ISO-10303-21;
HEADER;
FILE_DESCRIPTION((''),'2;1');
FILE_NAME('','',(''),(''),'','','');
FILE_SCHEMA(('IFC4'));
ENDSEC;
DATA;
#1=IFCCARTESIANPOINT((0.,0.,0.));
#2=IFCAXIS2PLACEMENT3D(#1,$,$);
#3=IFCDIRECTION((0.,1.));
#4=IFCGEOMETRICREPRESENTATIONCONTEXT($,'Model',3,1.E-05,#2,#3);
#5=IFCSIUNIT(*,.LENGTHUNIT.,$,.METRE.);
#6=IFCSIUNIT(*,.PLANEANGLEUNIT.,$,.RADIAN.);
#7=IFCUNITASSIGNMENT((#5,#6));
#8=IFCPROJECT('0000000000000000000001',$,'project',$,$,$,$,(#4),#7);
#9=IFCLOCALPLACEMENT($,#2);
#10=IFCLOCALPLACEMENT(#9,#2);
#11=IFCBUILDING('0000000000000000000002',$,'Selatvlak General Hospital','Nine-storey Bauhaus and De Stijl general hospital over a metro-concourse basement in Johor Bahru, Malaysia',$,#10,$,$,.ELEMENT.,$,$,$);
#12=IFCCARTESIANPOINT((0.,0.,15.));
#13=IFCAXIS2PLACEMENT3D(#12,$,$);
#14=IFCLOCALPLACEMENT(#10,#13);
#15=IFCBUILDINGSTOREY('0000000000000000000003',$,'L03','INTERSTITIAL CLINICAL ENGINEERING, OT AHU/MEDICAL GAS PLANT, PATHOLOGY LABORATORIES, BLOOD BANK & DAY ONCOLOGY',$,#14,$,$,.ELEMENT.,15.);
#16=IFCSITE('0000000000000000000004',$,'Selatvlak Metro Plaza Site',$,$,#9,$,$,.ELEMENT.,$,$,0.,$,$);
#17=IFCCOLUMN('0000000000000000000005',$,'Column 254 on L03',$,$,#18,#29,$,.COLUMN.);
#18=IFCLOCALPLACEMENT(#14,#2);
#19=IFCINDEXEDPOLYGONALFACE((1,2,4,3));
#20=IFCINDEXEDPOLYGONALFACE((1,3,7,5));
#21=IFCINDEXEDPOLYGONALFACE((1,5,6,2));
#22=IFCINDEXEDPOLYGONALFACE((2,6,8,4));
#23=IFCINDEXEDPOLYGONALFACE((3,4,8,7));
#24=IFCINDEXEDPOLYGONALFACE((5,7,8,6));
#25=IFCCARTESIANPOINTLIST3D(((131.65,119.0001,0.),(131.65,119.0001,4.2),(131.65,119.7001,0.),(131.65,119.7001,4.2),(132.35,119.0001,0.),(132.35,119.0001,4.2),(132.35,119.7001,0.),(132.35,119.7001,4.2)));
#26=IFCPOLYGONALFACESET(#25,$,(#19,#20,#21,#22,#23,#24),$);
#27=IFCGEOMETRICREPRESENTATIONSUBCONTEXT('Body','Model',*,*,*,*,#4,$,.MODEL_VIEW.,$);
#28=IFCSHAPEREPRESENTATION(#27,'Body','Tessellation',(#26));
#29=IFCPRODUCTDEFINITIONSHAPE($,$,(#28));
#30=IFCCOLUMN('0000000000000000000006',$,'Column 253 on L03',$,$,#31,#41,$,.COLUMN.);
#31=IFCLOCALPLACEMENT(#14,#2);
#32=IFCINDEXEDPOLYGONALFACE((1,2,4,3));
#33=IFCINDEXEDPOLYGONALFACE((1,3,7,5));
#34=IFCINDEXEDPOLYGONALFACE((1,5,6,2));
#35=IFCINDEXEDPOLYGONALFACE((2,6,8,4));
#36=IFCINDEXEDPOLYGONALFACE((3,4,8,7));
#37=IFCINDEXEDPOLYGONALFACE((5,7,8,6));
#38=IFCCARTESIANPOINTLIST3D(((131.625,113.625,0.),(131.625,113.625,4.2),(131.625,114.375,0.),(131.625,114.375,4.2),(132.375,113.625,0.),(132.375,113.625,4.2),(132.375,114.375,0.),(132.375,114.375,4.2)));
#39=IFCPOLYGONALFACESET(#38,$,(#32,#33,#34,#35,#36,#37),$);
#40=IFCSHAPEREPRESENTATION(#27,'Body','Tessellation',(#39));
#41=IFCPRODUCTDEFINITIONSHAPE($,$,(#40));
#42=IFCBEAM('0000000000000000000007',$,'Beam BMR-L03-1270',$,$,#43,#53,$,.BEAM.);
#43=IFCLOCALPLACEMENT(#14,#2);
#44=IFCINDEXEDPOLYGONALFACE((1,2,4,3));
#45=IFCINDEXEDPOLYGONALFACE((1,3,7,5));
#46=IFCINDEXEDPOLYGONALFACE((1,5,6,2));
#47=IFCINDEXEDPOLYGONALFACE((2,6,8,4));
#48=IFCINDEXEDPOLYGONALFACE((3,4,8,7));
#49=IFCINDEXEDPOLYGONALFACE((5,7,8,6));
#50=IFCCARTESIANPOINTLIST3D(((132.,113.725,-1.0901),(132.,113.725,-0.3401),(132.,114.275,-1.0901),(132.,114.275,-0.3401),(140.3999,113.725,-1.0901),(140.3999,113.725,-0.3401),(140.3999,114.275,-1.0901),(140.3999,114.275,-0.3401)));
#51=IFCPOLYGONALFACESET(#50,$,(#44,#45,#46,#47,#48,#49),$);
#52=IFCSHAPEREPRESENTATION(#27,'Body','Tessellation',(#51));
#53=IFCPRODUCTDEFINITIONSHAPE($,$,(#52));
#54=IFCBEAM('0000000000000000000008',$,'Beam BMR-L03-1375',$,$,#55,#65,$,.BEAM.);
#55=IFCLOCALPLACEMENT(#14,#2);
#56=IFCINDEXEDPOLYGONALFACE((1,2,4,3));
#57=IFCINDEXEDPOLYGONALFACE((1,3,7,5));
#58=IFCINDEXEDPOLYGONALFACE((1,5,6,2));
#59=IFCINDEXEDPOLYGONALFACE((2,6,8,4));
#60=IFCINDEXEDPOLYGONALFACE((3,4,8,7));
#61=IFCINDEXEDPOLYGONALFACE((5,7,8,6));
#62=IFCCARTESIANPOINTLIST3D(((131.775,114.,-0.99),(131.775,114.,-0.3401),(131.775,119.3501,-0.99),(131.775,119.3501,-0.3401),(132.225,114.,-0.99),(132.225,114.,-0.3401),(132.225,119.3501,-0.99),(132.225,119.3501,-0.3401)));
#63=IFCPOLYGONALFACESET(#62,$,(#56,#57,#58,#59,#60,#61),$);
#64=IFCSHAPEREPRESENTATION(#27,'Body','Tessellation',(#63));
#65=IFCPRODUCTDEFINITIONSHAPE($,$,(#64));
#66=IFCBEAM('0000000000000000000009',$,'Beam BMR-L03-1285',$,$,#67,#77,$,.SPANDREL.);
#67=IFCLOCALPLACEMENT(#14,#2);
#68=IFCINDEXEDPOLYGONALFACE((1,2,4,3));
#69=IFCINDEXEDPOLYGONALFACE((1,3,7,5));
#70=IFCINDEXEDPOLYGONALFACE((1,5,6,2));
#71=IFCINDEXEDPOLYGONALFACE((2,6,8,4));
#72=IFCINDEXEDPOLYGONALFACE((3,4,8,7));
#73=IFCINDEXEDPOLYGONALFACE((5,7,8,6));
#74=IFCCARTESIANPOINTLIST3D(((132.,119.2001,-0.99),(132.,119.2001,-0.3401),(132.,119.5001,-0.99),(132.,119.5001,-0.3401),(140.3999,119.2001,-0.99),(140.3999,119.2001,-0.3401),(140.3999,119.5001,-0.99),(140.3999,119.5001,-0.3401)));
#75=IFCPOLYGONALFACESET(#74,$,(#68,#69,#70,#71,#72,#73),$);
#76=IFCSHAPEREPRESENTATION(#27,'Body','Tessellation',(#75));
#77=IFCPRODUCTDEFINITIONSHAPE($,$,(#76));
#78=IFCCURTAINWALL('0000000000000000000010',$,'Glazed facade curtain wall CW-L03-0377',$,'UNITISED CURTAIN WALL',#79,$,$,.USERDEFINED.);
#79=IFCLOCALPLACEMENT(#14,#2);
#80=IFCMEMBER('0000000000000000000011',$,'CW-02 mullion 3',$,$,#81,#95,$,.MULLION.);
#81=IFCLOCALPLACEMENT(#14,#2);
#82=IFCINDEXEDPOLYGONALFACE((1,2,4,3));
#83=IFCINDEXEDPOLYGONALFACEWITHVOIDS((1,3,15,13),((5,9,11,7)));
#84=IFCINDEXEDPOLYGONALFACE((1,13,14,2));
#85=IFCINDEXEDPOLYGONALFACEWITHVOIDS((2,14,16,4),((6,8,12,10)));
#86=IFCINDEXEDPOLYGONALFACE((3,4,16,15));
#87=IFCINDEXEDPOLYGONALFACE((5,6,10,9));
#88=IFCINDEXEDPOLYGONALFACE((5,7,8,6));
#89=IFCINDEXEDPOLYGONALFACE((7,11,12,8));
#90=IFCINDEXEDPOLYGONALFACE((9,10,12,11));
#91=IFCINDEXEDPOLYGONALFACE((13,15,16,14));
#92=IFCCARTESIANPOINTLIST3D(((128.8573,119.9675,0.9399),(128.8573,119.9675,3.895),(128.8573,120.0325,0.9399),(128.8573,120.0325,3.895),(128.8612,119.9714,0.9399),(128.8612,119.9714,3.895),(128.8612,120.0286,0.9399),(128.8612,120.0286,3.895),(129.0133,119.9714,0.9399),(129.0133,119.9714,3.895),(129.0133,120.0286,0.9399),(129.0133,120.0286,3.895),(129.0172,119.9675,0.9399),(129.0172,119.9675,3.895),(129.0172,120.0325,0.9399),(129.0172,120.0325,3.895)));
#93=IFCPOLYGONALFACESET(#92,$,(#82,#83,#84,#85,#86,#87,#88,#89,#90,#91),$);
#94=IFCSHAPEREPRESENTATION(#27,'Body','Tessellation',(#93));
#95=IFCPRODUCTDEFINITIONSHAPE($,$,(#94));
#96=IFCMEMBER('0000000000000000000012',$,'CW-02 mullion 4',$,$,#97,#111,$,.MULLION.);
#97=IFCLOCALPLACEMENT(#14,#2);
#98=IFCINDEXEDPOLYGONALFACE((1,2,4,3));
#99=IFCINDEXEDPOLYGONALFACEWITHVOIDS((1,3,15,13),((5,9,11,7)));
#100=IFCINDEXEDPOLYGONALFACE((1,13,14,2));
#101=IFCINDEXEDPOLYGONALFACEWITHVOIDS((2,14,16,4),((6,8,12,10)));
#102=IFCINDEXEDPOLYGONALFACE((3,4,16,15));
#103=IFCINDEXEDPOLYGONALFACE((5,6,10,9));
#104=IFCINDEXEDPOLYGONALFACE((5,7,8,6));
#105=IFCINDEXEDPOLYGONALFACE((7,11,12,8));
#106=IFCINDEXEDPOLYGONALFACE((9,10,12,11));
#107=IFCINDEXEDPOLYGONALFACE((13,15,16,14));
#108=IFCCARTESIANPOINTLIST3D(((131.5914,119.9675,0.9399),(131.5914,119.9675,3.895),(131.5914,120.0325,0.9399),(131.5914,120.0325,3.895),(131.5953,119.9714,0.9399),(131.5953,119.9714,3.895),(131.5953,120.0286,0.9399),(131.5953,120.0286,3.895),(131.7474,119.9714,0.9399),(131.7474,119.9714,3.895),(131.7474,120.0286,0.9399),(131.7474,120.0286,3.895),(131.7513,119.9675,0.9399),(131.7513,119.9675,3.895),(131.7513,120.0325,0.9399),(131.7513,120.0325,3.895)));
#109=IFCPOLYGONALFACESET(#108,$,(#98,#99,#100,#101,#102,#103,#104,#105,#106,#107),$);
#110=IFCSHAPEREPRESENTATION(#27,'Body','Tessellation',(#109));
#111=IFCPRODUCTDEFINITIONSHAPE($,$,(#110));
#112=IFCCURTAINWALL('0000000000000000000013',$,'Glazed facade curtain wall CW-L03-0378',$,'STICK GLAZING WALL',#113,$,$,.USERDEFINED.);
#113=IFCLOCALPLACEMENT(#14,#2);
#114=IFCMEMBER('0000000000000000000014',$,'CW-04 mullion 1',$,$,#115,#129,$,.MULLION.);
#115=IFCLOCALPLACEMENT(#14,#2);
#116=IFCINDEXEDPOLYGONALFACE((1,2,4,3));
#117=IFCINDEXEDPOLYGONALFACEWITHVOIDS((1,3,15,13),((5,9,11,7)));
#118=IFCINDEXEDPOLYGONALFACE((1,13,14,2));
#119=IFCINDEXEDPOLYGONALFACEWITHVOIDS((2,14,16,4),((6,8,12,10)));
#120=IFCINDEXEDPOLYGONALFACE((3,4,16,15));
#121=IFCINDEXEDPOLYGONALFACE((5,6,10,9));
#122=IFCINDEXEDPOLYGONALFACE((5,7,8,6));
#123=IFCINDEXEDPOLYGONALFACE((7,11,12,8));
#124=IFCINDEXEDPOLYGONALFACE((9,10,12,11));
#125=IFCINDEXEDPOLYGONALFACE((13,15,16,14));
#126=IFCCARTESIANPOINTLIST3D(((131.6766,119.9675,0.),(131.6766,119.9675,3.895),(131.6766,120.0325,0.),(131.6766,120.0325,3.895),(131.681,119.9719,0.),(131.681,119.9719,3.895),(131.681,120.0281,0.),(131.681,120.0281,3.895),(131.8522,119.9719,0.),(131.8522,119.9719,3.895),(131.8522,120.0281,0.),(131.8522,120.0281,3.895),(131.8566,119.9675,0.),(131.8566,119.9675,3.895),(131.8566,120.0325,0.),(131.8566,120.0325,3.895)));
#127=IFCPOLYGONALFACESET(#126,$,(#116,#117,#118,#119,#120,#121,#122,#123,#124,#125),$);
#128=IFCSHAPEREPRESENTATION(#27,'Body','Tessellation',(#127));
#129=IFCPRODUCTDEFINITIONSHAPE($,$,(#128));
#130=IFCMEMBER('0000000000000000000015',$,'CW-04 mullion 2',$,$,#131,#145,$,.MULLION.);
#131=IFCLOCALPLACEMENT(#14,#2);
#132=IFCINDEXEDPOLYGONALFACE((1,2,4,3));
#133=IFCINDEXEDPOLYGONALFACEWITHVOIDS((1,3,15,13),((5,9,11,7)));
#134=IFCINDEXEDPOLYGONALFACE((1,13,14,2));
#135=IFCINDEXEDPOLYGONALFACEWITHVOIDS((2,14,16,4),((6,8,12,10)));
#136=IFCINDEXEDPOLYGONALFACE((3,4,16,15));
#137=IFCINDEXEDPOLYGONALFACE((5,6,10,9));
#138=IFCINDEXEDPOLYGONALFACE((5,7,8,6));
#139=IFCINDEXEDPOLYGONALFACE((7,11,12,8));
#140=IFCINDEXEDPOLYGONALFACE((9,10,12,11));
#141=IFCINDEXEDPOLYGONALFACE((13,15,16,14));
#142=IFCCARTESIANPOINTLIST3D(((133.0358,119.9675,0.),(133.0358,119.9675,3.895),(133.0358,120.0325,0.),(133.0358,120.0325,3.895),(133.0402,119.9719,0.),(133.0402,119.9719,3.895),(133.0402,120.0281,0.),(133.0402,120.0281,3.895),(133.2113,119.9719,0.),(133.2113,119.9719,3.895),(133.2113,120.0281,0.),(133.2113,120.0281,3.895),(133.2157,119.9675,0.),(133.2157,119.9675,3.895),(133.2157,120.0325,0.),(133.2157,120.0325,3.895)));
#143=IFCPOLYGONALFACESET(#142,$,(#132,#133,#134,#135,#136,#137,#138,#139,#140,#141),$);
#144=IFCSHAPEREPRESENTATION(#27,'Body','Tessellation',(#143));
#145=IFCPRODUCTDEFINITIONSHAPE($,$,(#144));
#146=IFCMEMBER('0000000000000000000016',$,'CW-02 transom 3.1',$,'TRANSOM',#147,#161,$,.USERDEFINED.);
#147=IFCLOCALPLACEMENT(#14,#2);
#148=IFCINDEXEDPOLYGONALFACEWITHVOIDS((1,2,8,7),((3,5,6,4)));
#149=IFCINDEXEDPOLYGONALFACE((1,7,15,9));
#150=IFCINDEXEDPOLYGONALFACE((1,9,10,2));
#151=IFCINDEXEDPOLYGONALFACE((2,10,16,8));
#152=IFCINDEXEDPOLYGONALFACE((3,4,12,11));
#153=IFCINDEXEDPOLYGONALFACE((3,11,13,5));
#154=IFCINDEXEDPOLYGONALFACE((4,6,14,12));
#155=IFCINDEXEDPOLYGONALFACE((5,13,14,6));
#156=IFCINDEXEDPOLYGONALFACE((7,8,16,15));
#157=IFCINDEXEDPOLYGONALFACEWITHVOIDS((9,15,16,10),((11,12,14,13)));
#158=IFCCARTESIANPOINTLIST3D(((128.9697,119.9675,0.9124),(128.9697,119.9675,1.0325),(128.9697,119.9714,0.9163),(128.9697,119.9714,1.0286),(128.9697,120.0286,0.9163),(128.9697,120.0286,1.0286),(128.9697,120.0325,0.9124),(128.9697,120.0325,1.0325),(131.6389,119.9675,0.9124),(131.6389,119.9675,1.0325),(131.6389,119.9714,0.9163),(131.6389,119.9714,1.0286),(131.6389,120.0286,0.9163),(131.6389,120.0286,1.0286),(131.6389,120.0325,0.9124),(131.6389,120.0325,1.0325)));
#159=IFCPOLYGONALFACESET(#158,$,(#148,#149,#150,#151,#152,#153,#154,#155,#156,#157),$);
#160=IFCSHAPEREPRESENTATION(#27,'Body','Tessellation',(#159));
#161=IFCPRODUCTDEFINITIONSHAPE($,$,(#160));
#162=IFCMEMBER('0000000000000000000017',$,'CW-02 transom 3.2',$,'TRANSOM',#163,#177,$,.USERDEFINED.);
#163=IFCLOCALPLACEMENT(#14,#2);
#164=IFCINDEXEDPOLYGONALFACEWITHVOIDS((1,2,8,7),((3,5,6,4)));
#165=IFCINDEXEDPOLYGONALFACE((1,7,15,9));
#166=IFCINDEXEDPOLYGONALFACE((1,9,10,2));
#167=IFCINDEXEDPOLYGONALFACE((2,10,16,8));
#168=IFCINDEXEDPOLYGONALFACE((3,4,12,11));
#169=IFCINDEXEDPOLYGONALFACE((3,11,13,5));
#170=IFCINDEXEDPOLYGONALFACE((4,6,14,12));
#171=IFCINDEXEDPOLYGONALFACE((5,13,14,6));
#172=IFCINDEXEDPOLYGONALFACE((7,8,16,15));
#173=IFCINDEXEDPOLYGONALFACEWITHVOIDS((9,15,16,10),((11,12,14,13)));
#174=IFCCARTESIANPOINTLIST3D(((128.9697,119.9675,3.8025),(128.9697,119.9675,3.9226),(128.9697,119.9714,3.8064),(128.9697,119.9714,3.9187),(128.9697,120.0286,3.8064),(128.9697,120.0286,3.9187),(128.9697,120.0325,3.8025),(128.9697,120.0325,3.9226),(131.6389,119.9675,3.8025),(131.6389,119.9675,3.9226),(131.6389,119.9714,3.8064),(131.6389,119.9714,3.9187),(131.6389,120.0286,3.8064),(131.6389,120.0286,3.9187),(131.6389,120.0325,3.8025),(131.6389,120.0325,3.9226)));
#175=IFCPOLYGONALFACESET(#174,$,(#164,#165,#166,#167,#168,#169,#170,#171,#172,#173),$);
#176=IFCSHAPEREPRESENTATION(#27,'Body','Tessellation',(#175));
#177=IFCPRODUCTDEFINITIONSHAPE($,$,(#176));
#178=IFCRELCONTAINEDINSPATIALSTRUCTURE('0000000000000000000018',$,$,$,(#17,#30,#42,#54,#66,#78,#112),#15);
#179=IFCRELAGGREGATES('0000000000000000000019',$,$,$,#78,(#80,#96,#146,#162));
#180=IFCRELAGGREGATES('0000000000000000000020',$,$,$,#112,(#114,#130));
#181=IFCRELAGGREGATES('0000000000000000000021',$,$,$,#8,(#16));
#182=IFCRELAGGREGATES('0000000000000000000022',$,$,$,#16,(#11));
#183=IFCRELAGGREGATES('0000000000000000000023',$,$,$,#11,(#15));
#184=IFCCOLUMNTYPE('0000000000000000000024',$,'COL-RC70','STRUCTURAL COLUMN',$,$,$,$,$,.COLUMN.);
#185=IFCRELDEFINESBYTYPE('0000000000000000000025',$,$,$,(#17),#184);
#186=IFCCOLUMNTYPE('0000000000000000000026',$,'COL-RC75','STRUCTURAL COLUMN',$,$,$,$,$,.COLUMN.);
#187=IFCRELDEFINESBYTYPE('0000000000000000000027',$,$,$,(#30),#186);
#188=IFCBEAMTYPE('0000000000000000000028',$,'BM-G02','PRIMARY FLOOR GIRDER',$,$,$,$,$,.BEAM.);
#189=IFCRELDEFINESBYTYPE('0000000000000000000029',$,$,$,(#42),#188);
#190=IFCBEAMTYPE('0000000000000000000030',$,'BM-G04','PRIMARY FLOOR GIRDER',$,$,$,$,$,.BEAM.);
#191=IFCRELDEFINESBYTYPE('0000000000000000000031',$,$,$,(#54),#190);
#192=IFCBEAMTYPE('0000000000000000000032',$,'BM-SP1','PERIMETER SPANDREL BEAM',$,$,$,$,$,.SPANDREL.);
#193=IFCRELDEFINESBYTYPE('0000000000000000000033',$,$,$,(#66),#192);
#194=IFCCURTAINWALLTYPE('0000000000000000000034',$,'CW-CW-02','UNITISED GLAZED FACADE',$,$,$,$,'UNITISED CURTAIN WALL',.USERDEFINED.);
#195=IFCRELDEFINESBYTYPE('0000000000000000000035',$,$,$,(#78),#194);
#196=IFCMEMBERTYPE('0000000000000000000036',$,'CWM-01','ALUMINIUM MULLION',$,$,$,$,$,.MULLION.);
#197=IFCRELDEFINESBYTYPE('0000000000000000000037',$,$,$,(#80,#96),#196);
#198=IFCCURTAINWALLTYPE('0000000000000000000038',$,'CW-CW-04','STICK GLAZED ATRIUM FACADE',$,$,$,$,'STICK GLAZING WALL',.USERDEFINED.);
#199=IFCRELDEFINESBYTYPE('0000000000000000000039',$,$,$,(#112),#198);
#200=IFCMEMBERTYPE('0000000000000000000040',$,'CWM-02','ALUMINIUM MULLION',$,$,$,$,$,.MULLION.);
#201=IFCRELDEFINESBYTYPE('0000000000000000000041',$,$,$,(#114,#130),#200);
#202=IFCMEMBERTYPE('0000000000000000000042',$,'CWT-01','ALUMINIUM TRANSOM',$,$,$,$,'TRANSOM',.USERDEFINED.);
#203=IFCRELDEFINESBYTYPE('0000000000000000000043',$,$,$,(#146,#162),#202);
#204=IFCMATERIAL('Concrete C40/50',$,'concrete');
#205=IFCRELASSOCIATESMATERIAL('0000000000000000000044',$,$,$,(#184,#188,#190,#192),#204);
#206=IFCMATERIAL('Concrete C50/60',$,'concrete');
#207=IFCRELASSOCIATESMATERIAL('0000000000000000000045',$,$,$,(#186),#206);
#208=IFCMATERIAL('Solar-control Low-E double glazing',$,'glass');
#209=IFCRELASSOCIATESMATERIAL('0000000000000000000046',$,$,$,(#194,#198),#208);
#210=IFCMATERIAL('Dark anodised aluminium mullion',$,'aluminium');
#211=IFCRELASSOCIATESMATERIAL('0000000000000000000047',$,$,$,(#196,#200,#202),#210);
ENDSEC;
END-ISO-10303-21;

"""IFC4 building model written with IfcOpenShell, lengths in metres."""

from ifc_helpers import new_model, si_unit, direction, frame, origin, origin_2d, place, context, subcontext, project, spatial, rectangle, hollow_rectangle, extrude, material, material_profile, profile_set, type_object, element, aggregate, save


model = new_model("IFC4")

# Units and contexts
model_context = context("Model", 3, precision=1e-05, world=origin(), true_north=direction((0.0, 1.0)))
body_context = subcontext(model_context, "Body", "Model", "MODEL_VIEW")
ifc_project = project(units=[si_unit("LENGTHUNIT", "METRE"), si_unit("PLANEANGLEUNIT", "RADIAN")], contexts=[model_context])

# Site, building, storey
site_placement = place(None, origin())
site = spatial("IfcSite", under=ifc_project, at=site_placement, Name="Selatvlak Metro Plaza Site", CompositionType="ELEMENT", RefElevation=0.0)
building_placement = place(site_placement, origin())
building = spatial("IfcBuilding", under=site, at=building_placement, Name="Selatvlak General Hospital", Description="Nine-storey Bauhaus and De Stijl general hospital over a metro-concourse basement in Johor Bahru, Malaysia", CompositionType="ELEMENT")
storey_placement = place(building_placement, frame((0.0, 0.0, 15.0)))
storey = spatial("IfcBuildingStorey", under=building, at=storey_placement, Name="L03", Description="INTERSTITIAL CLINICAL ENGINEERING, OT AHU/MEDICAL GAS PLANT, PATHOLOGY LABORATORIES, BLOOD BANK & DAY ONCOLOGY", CompositionType="ELEMENT", Elevation=15.0)

# Columns
ifc_material_1 = material(Name="Concrete C40/50", Category="concrete")
ifc_material_profile_1 = material_profile(ifc_material_1, rectangle(XDim=0.7, YDim=0.7, at=origin_2d()), Name="RC-COL 700x700")
ifc_profile_set_1 = profile_set([ifc_material_profile_1], Name="Concrete C40/50")
column_type_1 = type_object("IfcColumnType", Name="COL-RC70", Description="STRUCTURAL COLUMN", PredefinedType="COLUMN", material=ifc_profile_set_1)
column_1_placement = place(storey_placement, frame((132.0, 119.3501, 0.0), z_axis=(0.0, 0.0, 1.0), x_axis=(1.0, 0.0, 0.0)))
element("IfcColumn", 1, at=column_1_placement, inside=storey, type_object=column_type_1, Name="Column 254 on L03", PredefinedType="COLUMN", context=body_context, shape_type="SweptSolid", body=[
    extrude(rectangle(XDim=0.7, YDim=0.7, at=origin_2d()), origin(), (0.0, 0.0, 1.0), 4.2),
])
ifc_material_2 = material(Name="Concrete C50/60", Category="concrete")
ifc_material_profile_2 = material_profile(ifc_material_2, rectangle(XDim=0.75, YDim=0.75, at=origin_2d()), Name="RC-COL 750x750")
ifc_profile_set_2 = profile_set([ifc_material_profile_2], Name="Concrete C50/60")
column_type_2 = type_object("IfcColumnType", Name="COL-RC75", Description="STRUCTURAL COLUMN", PredefinedType="COLUMN", material=ifc_profile_set_2)
column_2_placement = place(storey_placement, frame((132.0, 114.0, 0.0), z_axis=(0.0, 0.0, 1.0), x_axis=(1.0, 0.0, 0.0)))
element("IfcColumn", 2, at=column_2_placement, inside=storey, type_object=column_type_2, Name="Column 253 on L03", PredefinedType="COLUMN", context=body_context, shape_type="SweptSolid", body=[
    extrude(rectangle(XDim=0.75, YDim=0.75, at=origin_2d()), origin(), (0.0, 0.0, 1.0), 4.2),
])

# Beams
ifc_material_profile_3 = material_profile(ifc_material_1, rectangle(XDim=0.55, YDim=0.75, at=origin_2d()), Name="RC-BM 550x750")
ifc_profile_set_3 = profile_set([ifc_material_profile_3], Name="Concrete C40/50")
beam_type_1 = type_object("IfcBeamType", Name="BM-G02", Description="PRIMARY FLOOR GIRDER", PredefinedType="BEAM", material=ifc_profile_set_3)
beam_1_placement = place(storey_placement, frame((132.0, 114.0, -0.7151), z_axis=(1.0, 0.0, 0.0), x_axis=(0.0, 1.0, 0.0)))
element("IfcBeam", 3, at=beam_1_placement, inside=storey, type_object=beam_type_1, Name="Beam BMR-L03-1270", PredefinedType="BEAM", context=body_context, shape_type="SweptSolid", body=[
    extrude(rectangle(XDim=0.55, YDim=0.75, at=origin_2d()), origin(), (0.0, 0.0, 1.0), 8.3999),
])
ifc_material_profile_4 = material_profile(ifc_material_1, rectangle(XDim=0.45, YDim=0.6499, at=origin_2d()), Name="RC-BM 450x650")
ifc_profile_set_4 = profile_set([ifc_material_profile_4], Name="Concrete C40/50")
beam_type_2 = type_object("IfcBeamType", Name="BM-G04", Description="PRIMARY FLOOR GIRDER", PredefinedType="BEAM", material=ifc_profile_set_4)
beam_2_placement = place(storey_placement, frame((132.0, 114.0, -0.665), z_axis=(0.0, 1.0, 0.0), x_axis=(-1.0, 0.0, 0.0)))
element("IfcBeam", 4, at=beam_2_placement, inside=storey, type_object=beam_type_2, Name="Beam BMR-L03-1375", PredefinedType="BEAM", context=body_context, shape_type="SweptSolid", body=[
    extrude(rectangle(XDim=0.45, YDim=0.6499, at=origin_2d()), origin(), (0.0, 0.0, 1.0), 5.3501),
])
ifc_material_profile_5 = material_profile(ifc_material_1, rectangle(XDim=0.3, YDim=0.6499, at=origin_2d()), Name="RC-SP 300x650")
ifc_profile_set_5 = profile_set([ifc_material_profile_5], Name="Concrete C40/50")
beam_type_3 = type_object("IfcBeamType", Name="BM-SP1", Description="PERIMETER SPANDREL BEAM", PredefinedType="SPANDREL", material=ifc_profile_set_5)
beam_3_placement = place(storey_placement, frame((132.0, 119.3501, -0.665), z_axis=(1.0, 0.0, 0.0), x_axis=(0.0, 1.0, 0.0)))
element("IfcBeam", 5, at=beam_3_placement, inside=storey, type_object=beam_type_3, Name="Beam BMR-L03-1285", PredefinedType="SPANDREL", context=body_context, shape_type="SweptSolid", body=[
    extrude(rectangle(XDim=0.3, YDim=0.6499, at=origin_2d()), origin(), (0.0, 0.0, 1.0), 8.3999),
])

# Curtain walls, members
ifc_material_3 = material(Name="Solar-control Low-E double glazing", Category="glass")
curtain_wall_type_1 = type_object("IfcCurtainWallType", Name="CW-CW-02", Description="UNITISED GLAZED FACADE", ElementType="UNITISED CURTAIN WALL", PredefinedType="USERDEFINED", material=ifc_material_3)
curtain_wall_1_placement = place(storey_placement, origin())
curtain_wall_1 = element("IfcCurtainWall", 6, at=curtain_wall_1_placement, inside=storey, type_object=curtain_wall_type_1, Name="Glazed facade curtain wall CW-L03-0377", ObjectType="UNITISED CURTAIN WALL", PredefinedType="USERDEFINED")
ifc_material_4 = material(Name="Dark anodised aluminium mullion", Category="aluminium")
ifc_material_profile_6 = material_profile(ifc_material_4, hollow_rectangle(XDim=0.0649, YDim=0.1599, WallThickness=0.0039, at=origin_2d()), Name="AL-MUL 65x160x4")
ifc_profile_set_6 = profile_set([ifc_material_profile_6], Name="Dark anodised aluminium mullion")
member_type_1 = type_object("IfcMemberType", Name="CWM-01", Description="ALUMINIUM MULLION", PredefinedType="MULLION", material=ifc_profile_set_6)
member_1_placement = place(storey_placement, frame((128.9373, 120.0, 0.9399), z_axis=(0.0, 0.0, 1.0), x_axis=(0.0, 1.0, 0.0)))
member_1 = element("IfcMember", 7, at=member_1_placement, type_object=member_type_1, Name="CW-02 mullion 3", PredefinedType="MULLION", context=body_context, shape_type="SweptSolid", body=[
    extrude(hollow_rectangle(XDim=0.0649, YDim=0.1599, WallThickness=0.0039, at=origin_2d()), origin(), (0.0, 0.0, 1.0), 2.9551),
])
member_2_placement = place(storey_placement, frame((131.6714, 120.0, 0.9399), z_axis=(0.0, 0.0, 1.0), x_axis=(0.0, 1.0, 0.0)))
member_2 = element("IfcMember", 8, at=member_2_placement, type_object=member_type_1, Name="CW-02 mullion 4", PredefinedType="MULLION", context=body_context, shape_type="SweptSolid", body=[
    extrude(hollow_rectangle(XDim=0.0649, YDim=0.1599, WallThickness=0.0039, at=origin_2d()), origin(), (0.0, 0.0, 1.0), 2.9551),
])
curtain_wall_type_2 = type_object("IfcCurtainWallType", Name="CW-CW-04", Description="STICK GLAZED ATRIUM FACADE", ElementType="STICK GLAZING WALL", PredefinedType="USERDEFINED", material=ifc_material_3)
curtain_wall_2_placement = place(storey_placement, origin())
curtain_wall_2 = element("IfcCurtainWall", 9, at=curtain_wall_2_placement, inside=storey, type_object=curtain_wall_type_2, Name="Glazed facade curtain wall CW-L03-0378", ObjectType="STICK GLAZING WALL", PredefinedType="USERDEFINED")
ifc_material_profile_7 = material_profile(ifc_material_4, hollow_rectangle(XDim=0.0649, YDim=0.1799, WallThickness=0.0044, at=origin_2d()), Name="AL-MUL 65x180x4.5")
ifc_profile_set_7 = profile_set([ifc_material_profile_7], Name="Dark anodised aluminium mullion")
member_type_2 = type_object("IfcMemberType", Name="CWM-02", Description="ALUMINIUM MULLION", PredefinedType="MULLION", material=ifc_profile_set_7)
member_3_placement = place(storey_placement, frame((131.7666, 120.0, 0.0), z_axis=(0.0, 0.0, 1.0), x_axis=(0.0, 1.0, 0.0)))
member_3 = element("IfcMember", 10, at=member_3_placement, type_object=member_type_2, Name="CW-04 mullion 1", PredefinedType="MULLION", context=body_context, shape_type="SweptSolid", body=[
    extrude(hollow_rectangle(XDim=0.0649, YDim=0.1799, WallThickness=0.0044, at=origin_2d()), origin(), (0.0, 0.0, 1.0), 3.895),
])
member_4_placement = place(storey_placement, frame((133.1257, 120.0, 0.0), z_axis=(0.0, 0.0, 1.0), x_axis=(0.0, 1.0, 0.0)))
member_4 = element("IfcMember", 11, at=member_4_placement, type_object=member_type_2, Name="CW-04 mullion 2", PredefinedType="MULLION", context=body_context, shape_type="SweptSolid", body=[
    extrude(hollow_rectangle(XDim=0.0649, YDim=0.1799, WallThickness=0.0044, at=origin_2d()), origin(), (0.0, 0.0, 1.0), 3.895),
])

# Members
ifc_material_profile_8 = material_profile(ifc_material_4, hollow_rectangle(XDim=0.0649, YDim=0.1201, WallThickness=0.0039, at=origin_2d()), Name="AL-TRN 65x120x4")
ifc_profile_set_8 = profile_set([ifc_material_profile_8], Name="Dark anodised aluminium mullion")
member_type_3 = type_object("IfcMemberType", Name="CWT-01", Description="ALUMINIUM TRANSOM", ElementType="TRANSOM", PredefinedType="USERDEFINED", material=ifc_profile_set_8)
member_5_placement = place(storey_placement, frame((128.9697, 120.0, 0.9724), z_axis=(1.0, 0.0, 0.0), x_axis=(0.0, 1.0, 0.0)))
member_5 = element("IfcMember", 12, at=member_5_placement, type_object=member_type_3, Name="CW-02 transom 3.1", ObjectType="TRANSOM", PredefinedType="USERDEFINED", context=body_context, shape_type="SweptSolid", body=[
    extrude(hollow_rectangle(XDim=0.0649, YDim=0.1201, WallThickness=0.0039, at=origin_2d()), origin(), (0.0, 0.0, 1.0), 2.6692),
])
member_6_placement = place(storey_placement, frame((128.9697, 120.0, 3.8625), z_axis=(1.0, 0.0, 0.0), x_axis=(0.0, 1.0, 0.0)))
member_6 = element("IfcMember", 13, at=member_6_placement, type_object=member_type_3, Name="CW-02 transom 3.2", ObjectType="TRANSOM", PredefinedType="USERDEFINED", context=body_context, shape_type="SweptSolid", body=[
    extrude(hollow_rectangle(XDim=0.0649, YDim=0.1201, WallThickness=0.0039, at=origin_2d()), origin(), (0.0, 0.0, 1.0), 2.6692),
])

aggregate(curtain_wall_1, [member_1, member_2, member_5, member_6])
aggregate(curtain_wall_2, [member_3, member_4])

save(model, "model.ifc")
